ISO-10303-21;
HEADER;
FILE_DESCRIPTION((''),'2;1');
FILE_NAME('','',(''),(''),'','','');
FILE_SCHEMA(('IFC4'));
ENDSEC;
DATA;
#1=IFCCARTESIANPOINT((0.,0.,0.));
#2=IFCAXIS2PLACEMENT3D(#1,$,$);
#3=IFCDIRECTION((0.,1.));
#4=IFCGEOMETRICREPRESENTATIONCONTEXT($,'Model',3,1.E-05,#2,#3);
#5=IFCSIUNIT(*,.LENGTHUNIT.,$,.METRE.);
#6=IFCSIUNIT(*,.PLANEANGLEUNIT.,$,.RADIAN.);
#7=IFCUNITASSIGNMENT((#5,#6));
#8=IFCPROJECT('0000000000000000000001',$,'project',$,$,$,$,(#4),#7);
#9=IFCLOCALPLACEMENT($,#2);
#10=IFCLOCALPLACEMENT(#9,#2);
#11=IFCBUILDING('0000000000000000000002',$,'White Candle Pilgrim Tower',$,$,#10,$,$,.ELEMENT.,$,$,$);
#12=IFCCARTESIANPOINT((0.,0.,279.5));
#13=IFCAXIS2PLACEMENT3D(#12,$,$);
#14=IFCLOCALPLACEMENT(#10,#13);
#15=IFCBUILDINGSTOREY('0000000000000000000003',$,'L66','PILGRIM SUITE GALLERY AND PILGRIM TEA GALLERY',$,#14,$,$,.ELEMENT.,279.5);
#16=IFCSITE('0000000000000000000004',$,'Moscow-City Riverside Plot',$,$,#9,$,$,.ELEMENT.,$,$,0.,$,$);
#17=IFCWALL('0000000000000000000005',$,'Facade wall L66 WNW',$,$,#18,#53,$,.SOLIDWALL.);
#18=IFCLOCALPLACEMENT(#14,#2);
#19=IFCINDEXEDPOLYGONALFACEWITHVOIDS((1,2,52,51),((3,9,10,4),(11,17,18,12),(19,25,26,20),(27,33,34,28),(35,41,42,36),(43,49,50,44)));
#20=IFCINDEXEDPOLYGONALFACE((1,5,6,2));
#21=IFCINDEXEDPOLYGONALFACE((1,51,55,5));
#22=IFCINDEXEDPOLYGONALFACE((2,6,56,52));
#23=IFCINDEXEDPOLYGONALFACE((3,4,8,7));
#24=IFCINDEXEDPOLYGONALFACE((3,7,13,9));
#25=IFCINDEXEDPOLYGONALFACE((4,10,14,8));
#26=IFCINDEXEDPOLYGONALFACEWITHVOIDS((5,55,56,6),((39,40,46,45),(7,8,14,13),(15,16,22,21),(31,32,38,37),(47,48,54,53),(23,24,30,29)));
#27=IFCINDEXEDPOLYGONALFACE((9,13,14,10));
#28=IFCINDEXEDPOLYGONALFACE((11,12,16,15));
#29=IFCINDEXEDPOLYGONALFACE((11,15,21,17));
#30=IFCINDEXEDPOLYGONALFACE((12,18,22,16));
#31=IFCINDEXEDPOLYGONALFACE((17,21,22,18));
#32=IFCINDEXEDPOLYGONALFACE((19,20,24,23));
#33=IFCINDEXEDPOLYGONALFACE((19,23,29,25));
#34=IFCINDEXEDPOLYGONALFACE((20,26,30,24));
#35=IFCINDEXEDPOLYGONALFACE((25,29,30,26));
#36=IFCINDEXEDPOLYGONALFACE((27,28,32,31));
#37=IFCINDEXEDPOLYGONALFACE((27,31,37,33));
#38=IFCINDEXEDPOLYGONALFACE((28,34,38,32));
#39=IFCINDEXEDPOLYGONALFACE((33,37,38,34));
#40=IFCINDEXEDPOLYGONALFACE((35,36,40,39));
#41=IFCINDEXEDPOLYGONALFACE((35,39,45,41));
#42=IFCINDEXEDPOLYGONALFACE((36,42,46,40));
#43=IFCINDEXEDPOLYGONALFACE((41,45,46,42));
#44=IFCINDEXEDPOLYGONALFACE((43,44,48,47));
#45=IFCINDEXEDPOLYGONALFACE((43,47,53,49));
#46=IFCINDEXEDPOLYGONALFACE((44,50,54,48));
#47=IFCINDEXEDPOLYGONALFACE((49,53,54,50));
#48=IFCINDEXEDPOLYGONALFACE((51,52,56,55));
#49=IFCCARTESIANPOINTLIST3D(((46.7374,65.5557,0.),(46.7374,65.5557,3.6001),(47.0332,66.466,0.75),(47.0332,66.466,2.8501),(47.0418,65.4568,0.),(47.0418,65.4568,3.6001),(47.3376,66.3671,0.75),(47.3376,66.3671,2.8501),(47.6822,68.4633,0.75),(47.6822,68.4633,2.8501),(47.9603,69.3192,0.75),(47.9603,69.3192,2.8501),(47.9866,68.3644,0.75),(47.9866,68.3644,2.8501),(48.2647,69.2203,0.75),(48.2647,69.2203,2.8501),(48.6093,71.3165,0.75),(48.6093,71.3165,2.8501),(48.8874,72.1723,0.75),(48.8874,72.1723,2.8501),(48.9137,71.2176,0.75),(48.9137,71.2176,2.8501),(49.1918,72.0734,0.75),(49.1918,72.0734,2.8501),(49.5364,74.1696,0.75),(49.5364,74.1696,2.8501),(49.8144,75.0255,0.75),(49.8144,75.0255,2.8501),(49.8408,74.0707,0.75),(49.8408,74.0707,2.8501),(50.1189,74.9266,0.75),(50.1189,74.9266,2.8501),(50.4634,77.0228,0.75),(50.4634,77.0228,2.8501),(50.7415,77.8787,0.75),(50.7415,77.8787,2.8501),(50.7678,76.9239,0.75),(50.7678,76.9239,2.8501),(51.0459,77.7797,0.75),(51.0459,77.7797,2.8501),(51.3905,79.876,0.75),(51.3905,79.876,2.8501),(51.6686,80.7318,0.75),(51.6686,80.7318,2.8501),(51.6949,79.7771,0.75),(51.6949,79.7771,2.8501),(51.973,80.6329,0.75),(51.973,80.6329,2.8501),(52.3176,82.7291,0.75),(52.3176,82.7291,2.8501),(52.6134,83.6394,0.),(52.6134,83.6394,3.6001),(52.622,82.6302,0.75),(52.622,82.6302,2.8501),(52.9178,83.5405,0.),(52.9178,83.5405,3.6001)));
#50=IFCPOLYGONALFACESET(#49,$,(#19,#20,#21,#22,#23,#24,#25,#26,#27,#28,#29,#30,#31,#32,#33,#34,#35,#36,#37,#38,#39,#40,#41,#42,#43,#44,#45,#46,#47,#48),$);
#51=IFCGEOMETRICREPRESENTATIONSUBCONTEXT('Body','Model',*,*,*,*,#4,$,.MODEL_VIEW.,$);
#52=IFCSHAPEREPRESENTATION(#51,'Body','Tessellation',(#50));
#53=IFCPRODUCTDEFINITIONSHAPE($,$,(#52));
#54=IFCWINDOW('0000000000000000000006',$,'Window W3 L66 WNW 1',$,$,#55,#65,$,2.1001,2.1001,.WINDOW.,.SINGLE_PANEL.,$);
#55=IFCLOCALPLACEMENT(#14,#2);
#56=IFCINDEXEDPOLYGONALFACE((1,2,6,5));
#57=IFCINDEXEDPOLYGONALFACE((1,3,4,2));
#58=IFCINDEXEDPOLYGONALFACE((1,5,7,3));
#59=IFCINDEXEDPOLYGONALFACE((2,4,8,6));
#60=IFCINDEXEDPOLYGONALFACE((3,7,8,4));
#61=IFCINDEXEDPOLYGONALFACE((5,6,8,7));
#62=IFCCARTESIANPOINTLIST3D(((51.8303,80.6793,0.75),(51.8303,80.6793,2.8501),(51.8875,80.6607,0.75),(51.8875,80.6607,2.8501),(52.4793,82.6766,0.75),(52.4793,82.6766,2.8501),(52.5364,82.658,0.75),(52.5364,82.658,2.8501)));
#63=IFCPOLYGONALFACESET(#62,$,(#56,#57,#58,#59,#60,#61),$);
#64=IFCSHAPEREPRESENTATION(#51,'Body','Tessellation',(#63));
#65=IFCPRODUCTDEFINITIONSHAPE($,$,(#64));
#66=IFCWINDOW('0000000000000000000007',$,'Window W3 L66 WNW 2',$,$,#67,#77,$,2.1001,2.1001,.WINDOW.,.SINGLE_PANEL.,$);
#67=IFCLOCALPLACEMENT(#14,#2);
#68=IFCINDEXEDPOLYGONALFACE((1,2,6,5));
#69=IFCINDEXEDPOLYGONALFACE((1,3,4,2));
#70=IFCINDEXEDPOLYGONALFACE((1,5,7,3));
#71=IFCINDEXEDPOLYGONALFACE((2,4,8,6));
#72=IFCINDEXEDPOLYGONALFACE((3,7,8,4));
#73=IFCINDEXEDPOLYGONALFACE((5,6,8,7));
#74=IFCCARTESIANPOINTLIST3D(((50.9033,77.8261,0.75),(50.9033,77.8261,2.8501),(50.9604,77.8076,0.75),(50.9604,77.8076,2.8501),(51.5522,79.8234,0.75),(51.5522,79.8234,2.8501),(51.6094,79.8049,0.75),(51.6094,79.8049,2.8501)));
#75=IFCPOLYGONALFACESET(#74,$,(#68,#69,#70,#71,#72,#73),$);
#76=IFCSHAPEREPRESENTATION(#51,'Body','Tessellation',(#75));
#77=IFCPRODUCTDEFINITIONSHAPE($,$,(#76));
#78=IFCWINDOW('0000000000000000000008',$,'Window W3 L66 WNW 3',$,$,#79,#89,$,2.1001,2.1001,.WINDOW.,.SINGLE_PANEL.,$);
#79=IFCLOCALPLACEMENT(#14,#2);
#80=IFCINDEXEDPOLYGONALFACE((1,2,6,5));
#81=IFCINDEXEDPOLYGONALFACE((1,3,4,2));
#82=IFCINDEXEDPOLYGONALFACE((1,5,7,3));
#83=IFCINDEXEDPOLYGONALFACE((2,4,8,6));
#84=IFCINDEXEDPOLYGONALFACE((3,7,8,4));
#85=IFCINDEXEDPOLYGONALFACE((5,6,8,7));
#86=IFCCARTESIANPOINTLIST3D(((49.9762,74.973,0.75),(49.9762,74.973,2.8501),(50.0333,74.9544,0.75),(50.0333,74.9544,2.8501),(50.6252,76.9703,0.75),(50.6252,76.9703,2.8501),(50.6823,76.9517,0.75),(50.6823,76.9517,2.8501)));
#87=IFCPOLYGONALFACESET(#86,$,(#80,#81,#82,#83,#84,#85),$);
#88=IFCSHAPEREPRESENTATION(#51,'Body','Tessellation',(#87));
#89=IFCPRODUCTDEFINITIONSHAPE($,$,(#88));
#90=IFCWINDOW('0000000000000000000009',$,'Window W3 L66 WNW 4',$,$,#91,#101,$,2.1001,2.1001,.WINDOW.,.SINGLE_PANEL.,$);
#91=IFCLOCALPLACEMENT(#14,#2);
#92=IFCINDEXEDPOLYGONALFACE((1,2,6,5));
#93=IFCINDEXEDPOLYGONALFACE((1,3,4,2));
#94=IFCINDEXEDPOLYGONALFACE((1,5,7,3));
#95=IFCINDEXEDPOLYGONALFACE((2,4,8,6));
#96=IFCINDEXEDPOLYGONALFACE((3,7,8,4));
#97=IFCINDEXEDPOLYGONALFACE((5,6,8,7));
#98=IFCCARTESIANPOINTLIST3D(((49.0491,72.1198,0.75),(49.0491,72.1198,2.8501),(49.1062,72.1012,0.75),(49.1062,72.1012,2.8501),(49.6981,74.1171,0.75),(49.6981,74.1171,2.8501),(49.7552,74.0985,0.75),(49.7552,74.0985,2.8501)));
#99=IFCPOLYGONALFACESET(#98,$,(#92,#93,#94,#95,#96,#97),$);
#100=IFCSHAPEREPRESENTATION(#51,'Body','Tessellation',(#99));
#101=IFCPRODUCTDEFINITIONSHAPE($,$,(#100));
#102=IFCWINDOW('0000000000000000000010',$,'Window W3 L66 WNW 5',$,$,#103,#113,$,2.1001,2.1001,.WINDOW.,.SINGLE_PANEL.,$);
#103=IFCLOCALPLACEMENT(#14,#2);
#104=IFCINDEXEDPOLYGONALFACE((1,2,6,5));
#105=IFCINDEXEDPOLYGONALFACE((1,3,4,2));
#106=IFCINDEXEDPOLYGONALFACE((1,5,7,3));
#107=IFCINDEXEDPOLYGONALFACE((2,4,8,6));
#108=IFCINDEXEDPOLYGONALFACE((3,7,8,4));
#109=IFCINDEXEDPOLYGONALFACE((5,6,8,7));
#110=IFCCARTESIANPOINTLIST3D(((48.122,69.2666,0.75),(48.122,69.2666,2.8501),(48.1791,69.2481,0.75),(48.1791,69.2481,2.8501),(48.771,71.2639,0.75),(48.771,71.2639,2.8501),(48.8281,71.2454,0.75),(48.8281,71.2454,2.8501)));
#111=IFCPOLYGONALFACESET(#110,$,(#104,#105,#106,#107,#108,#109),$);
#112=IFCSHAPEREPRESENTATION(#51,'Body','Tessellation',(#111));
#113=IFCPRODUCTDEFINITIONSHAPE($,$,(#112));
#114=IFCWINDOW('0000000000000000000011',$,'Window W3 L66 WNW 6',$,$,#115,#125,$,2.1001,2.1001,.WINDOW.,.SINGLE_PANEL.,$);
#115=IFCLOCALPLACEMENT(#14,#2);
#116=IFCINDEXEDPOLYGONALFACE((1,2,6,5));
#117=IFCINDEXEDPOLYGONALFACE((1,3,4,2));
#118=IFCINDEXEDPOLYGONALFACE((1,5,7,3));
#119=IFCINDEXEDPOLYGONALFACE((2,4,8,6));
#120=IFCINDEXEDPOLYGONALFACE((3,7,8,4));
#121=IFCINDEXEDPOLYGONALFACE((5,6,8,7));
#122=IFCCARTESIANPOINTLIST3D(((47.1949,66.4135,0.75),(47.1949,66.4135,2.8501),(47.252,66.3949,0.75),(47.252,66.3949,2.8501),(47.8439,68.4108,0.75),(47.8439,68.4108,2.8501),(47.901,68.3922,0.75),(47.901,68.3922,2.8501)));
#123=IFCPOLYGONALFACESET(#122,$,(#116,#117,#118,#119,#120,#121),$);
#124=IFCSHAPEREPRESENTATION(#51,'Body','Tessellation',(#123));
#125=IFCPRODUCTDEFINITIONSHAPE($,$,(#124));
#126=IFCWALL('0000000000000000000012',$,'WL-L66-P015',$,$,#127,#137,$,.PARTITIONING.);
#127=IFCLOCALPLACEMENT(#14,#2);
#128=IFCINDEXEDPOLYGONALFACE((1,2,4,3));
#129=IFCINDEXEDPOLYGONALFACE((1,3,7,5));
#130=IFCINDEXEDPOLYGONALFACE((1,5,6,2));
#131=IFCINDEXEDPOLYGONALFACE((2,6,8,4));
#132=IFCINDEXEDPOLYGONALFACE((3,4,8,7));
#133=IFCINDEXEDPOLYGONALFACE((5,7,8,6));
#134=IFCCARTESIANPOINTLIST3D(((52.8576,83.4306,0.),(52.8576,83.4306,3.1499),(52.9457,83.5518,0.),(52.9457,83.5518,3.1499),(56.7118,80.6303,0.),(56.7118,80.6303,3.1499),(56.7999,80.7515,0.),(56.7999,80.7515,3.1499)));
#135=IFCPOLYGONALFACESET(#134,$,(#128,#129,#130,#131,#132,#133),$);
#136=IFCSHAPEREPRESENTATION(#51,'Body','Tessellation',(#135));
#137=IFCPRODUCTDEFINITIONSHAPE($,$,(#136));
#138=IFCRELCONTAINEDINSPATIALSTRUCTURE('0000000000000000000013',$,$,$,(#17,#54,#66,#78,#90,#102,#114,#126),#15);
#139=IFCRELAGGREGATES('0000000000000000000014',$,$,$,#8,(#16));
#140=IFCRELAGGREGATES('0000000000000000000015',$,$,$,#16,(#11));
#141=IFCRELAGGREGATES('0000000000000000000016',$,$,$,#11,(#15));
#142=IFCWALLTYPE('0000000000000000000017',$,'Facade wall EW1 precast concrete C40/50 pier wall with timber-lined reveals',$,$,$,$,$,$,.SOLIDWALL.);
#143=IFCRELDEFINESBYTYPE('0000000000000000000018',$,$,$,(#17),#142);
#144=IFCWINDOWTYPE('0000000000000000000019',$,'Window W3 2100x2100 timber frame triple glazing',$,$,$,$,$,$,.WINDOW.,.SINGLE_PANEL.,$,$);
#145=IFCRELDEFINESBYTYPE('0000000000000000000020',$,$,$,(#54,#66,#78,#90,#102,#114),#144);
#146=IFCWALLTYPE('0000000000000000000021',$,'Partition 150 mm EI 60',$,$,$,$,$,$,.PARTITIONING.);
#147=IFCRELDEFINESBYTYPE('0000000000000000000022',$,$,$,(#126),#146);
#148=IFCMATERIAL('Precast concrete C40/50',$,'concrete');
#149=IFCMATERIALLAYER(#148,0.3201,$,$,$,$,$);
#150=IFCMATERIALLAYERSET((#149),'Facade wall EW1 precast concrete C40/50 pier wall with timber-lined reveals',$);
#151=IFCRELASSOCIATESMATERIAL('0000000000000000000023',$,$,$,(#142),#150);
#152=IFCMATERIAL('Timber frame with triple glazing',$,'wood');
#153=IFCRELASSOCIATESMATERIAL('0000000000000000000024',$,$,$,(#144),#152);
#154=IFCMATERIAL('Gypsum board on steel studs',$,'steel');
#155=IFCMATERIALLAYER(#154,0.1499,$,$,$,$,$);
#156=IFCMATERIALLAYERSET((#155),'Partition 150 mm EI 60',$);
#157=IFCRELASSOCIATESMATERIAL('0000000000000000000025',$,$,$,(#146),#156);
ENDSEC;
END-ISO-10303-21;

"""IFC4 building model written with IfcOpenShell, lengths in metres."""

from ifc_helpers import new_model, si_unit, direction, frame, frame_2d, origin, place, context, subcontext, project, spatial, rectangle, extrude, material, layer, layer_set, type_object, element, fill, save


model = new_model("IFC4")

# Units and contexts
model_context = context("Model", 3, precision=1e-05, world=origin(), true_north=direction((0.0, 1.0)))
body_context = subcontext(model_context, "Body", "Model", "MODEL_VIEW")
ifc_project = project(units=[si_unit("LENGTHUNIT", "METRE"), si_unit("PLANEANGLEUNIT", "RADIAN")], contexts=[model_context])

# Site, building, storey
site_placement = place(None, origin())
site = spatial("IfcSite", under=ifc_project, at=site_placement, Name="Moscow-City Riverside Plot", CompositionType="ELEMENT", RefElevation=0.0)
building_placement = place(site_placement, origin())
building = spatial("IfcBuilding", under=site, at=building_placement, Name="White Candle Pilgrim Tower", CompositionType="ELEMENT")
storey_placement = place(building_placement, frame((0.0, 0.0, 279.5)))
storey = spatial("IfcBuildingStorey", under=building, at=storey_placement, Name="L66", Description="PILGRIM SUITE GALLERY AND PILGRIM TEA GALLERY", CompositionType="ELEMENT", Elevation=279.5)

# Shared definitions
ifc_material_1 = material(Name="Precast concrete C40/50", Category="concrete")
ifc_layer_1 = layer(ifc_material_1, 0.3201)
ifc_layer_set_1 = layer_set([ifc_layer_1], Name="Facade wall EW1 precast concrete C40/50 pier wall with timber-lined reveals")
wall_type_1 = type_object("IfcWallType", Name="Facade wall EW1 precast concrete C40/50 pier wall with timber-lined reveals", PredefinedType="SOLIDWALL", material=ifc_layer_set_1)

# Shared definitions
ifc_material_2 = material(Name="Timber frame with triple glazing", Category="wood")

# Wall, openings, windows
wall_1_placement = place(storey_placement, frame((52.7656, 83.5901, 0.0), z_axis=(0.0, 0.0, 1.0), x_axis=(-0.309027, -0.951053, 0.0)))
wall_1 = element("IfcWall", 1, at=wall_1_placement, inside=storey, type_object=wall_type_1, Name="Facade wall L66 WNW", PredefinedType="SOLIDWALL", context=body_context, shape_type="SweptSolid", body=[
    extrude(rectangle(XDim=19.0144, YDim=0.3201, at=frame_2d((9.5073, 0.0))), origin(), (0.0, 0.0, 1.0), 3.6001),
])
opening_1_placement = place(wall_1_placement, frame((0.9573, 0.0, 0.75)))
opening_1 = element("IfcOpeningElement", 2, at=opening_1_placement, cuts=wall_1, PredefinedType="OPENING", context=body_context, shape_type="SweptSolid", body=[
    extrude(rectangle(XDim=2.1001, YDim=2.1001, at=frame_2d((1.05, 1.05))), frame((0.0, 0.1699, 0.0), z_axis=(0.0, -1.0, 0.0), x_axis=(1.0, 0.0, 0.0)), (0.0, 0.0, 1.0), 0.3401),
])
opening_2_placement = place(wall_1_placement, frame((3.9573, 0.0, 0.75)))
opening_2 = element("IfcOpeningElement", 3, at=opening_2_placement, cuts=wall_1, PredefinedType="OPENING", context=body_context, shape_type="SweptSolid", body=[
    extrude(rectangle(XDim=2.1001, YDim=2.1001, at=frame_2d((1.05, 1.05))), frame((0.0, 0.1699, 0.0), z_axis=(0.0, -1.0, 0.0), x_axis=(1.0, 0.0, 0.0)), (0.0, 0.0, 1.0), 0.3401),
])
opening_3_placement = place(wall_1_placement, frame((6.9573, 0.0, 0.75)))
opening_3 = element("IfcOpeningElement", 4, at=opening_3_placement, cuts=wall_1, PredefinedType="OPENING", context=body_context, shape_type="SweptSolid", body=[
    extrude(rectangle(XDim=2.1001, YDim=2.1001, at=frame_2d((1.05, 1.05))), frame((0.0, 0.1699, 0.0), z_axis=(0.0, -1.0, 0.0), x_axis=(1.0, 0.0, 0.0)), (0.0, 0.0, 1.0), 0.3401),
])
opening_4_placement = place(wall_1_placement, frame((9.9573, 0.0, 0.75)))
opening_4 = element("IfcOpeningElement", 5, at=opening_4_placement, cuts=wall_1, PredefinedType="OPENING", context=body_context, shape_type="SweptSolid", body=[
    extrude(rectangle(XDim=2.1001, YDim=2.1001, at=frame_2d((1.05, 1.05))), frame((0.0, 0.1699, 0.0), z_axis=(0.0, -1.0, 0.0), x_axis=(1.0, 0.0, 0.0)), (0.0, 0.0, 1.0), 0.3401),
])
opening_5_placement = place(wall_1_placement, frame((12.9573, 0.0, 0.75)))
opening_5 = element("IfcOpeningElement", 6, at=opening_5_placement, cuts=wall_1, PredefinedType="OPENING", context=body_context, shape_type="SweptSolid", body=[
    extrude(rectangle(XDim=2.1001, YDim=2.1001, at=frame_2d((1.05, 1.05))), frame((0.0, 0.1699, 0.0), z_axis=(0.0, -1.0, 0.0), x_axis=(1.0, 0.0, 0.0)), (0.0, 0.0, 1.0), 0.3401),
])
opening_6_placement = place(wall_1_placement, frame((15.9573, 0.0, 0.75)))
opening_6 = element("IfcOpeningElement", 7, at=opening_6_placement, cuts=wall_1, PredefinedType="OPENING", context=body_context, shape_type="SweptSolid", body=[
    extrude(rectangle(XDim=2.1001, YDim=2.1001, at=frame_2d((1.05, 1.05))), frame((0.0, 0.1699, 0.0), z_axis=(0.0, -1.0, 0.0), x_axis=(1.0, 0.0, 0.0)), (0.0, 0.0, 1.0), 0.3401),
])
window_type_1 = type_object("IfcWindowType", Name="Window W3 2100x2100 timber frame triple glazing", PartitioningType="SINGLE_PANEL", PredefinedType="WINDOW", material=ifc_material_2)
window_1_placement = place(opening_1_placement, origin())
window_1 = element("IfcWindow", 8, at=window_1_placement, inside=storey, type_object=window_type_1, Name="Window W3 L66 WNW 1", OverallHeight=2.1001, OverallWidth=2.1001, PartitioningType="SINGLE_PANEL", PredefinedType="WINDOW", context=body_context, shape_type="SweptSolid", body=[
    extrude(rectangle(XDim=2.1001, YDim=2.1001, at=frame_2d((1.05, 1.05))), frame((0.0, 0.0701, 0.0), z_axis=(0.0, -1.0, 0.0), x_axis=(1.0, 0.0, 0.0)), (0.0, 0.0, 1.0), 0.0601),
])
fill(opening_1, window_1)
window_2_placement = place(opening_2_placement, origin())
window_2 = element("IfcWindow", 9, at=window_2_placement, inside=storey, type_object=window_type_1, Name="Window W3 L66 WNW 2", OverallHeight=2.1001, OverallWidth=2.1001, PartitioningType="SINGLE_PANEL", PredefinedType="WINDOW", context=body_context, shape_type="SweptSolid", body=[
    extrude(rectangle(XDim=2.1001, YDim=2.1001, at=frame_2d((1.05, 1.05))), frame((0.0, 0.0701, 0.0), z_axis=(0.0, -1.0, 0.0), x_axis=(1.0, 0.0, 0.0)), (0.0, 0.0, 1.0), 0.0601),
])
fill(opening_2, window_2)
window_3_placement = place(opening_3_placement, origin())
window_3 = element("IfcWindow", 10, at=window_3_placement, inside=storey, type_object=window_type_1, Name="Window W3 L66 WNW 3", OverallHeight=2.1001, OverallWidth=2.1001, PartitioningType="SINGLE_PANEL", PredefinedType="WINDOW", context=body_context, shape_type="SweptSolid", body=[
    extrude(rectangle(XDim=2.1001, YDim=2.1001, at=frame_2d((1.05, 1.05))), frame((0.0, 0.0701, 0.0), z_axis=(0.0, -1.0, 0.0), x_axis=(1.0, 0.0, 0.0)), (0.0, 0.0, 1.0), 0.0601),
])
fill(opening_3, window_3)
window_4_placement = place(opening_4_placement, origin())
window_4 = element("IfcWindow", 11, at=window_4_placement, inside=storey, type_object=window_type_1, Name="Window W3 L66 WNW 4", OverallHeight=2.1001, OverallWidth=2.1001, PartitioningType="SINGLE_PANEL", PredefinedType="WINDOW", context=body_context, shape_type="SweptSolid", body=[
    extrude(rectangle(XDim=2.1001, YDim=2.1001, at=frame_2d((1.05, 1.05))), frame((0.0, 0.0701, 0.0), z_axis=(0.0, -1.0, 0.0), x_axis=(1.0, 0.0, 0.0)), (0.0, 0.0, 1.0), 0.0601),
])
fill(opening_4, window_4)
window_5_placement = place(opening_5_placement, origin())
window_5 = element("IfcWindow", 12, at=window_5_placement, inside=storey, type_object=window_type_1, Name="Window W3 L66 WNW 5", OverallHeight=2.1001, OverallWidth=2.1001, PartitioningType="SINGLE_PANEL", PredefinedType="WINDOW", context=body_context, shape_type="SweptSolid", body=[
    extrude(rectangle(XDim=2.1001, YDim=2.1001, at=frame_2d((1.05, 1.05))), frame((0.0, 0.0701, 0.0), z_axis=(0.0, -1.0, 0.0), x_axis=(1.0, 0.0, 0.0)), (0.0, 0.0, 1.0), 0.0601),
])
fill(opening_5, window_5)
window_6_placement = place(opening_6_placement, origin())
window_6 = element("IfcWindow", 13, at=window_6_placement, inside=storey, type_object=window_type_1, Name="Window W3 L66 WNW 6", OverallHeight=2.1001, OverallWidth=2.1001, PartitioningType="SINGLE_PANEL", PredefinedType="WINDOW", context=body_context, shape_type="SweptSolid", body=[
    extrude(rectangle(XDim=2.1001, YDim=2.1001, at=frame_2d((1.05, 1.05))), frame((0.0, 0.0701, 0.0), z_axis=(0.0, -1.0, 0.0), x_axis=(1.0, 0.0, 0.0)), (0.0, 0.0, 1.0), 0.0601),
])
fill(opening_6, window_6)

# Wall
ifc_material_3 = material(Name="Gypsum board on steel studs", Category="steel")
ifc_layer_2 = layer(ifc_material_3, 0.1499)
ifc_layer_set_2 = layer_set([ifc_layer_2], Name="Partition 150 mm EI 60")
wall_type_2 = type_object("IfcWallType", Name="Partition 150 mm EI 60", PredefinedType="PARTITIONING", material=ifc_layer_set_2)
wall_2_placement = place(storey_placement, frame((52.9016, 83.4912, 0.0), z_axis=(0.0, 0.0, 1.0), x_axis=(0.809015, -0.587788, 0.0)))
element("IfcWall", 14, at=wall_2_placement, inside=storey, type_object=wall_type_2, Name="WL-L66-P015", PredefinedType="PARTITIONING", context=body_context, shape_type="SweptSolid", body=[
    extrude(rectangle(XDim=4.7642, YDim=0.1499, at=frame_2d((2.3821, 0.0))), origin(), (0.0, 0.0, 1.0), 3.1499),
])

save(model, "model.ifc")
